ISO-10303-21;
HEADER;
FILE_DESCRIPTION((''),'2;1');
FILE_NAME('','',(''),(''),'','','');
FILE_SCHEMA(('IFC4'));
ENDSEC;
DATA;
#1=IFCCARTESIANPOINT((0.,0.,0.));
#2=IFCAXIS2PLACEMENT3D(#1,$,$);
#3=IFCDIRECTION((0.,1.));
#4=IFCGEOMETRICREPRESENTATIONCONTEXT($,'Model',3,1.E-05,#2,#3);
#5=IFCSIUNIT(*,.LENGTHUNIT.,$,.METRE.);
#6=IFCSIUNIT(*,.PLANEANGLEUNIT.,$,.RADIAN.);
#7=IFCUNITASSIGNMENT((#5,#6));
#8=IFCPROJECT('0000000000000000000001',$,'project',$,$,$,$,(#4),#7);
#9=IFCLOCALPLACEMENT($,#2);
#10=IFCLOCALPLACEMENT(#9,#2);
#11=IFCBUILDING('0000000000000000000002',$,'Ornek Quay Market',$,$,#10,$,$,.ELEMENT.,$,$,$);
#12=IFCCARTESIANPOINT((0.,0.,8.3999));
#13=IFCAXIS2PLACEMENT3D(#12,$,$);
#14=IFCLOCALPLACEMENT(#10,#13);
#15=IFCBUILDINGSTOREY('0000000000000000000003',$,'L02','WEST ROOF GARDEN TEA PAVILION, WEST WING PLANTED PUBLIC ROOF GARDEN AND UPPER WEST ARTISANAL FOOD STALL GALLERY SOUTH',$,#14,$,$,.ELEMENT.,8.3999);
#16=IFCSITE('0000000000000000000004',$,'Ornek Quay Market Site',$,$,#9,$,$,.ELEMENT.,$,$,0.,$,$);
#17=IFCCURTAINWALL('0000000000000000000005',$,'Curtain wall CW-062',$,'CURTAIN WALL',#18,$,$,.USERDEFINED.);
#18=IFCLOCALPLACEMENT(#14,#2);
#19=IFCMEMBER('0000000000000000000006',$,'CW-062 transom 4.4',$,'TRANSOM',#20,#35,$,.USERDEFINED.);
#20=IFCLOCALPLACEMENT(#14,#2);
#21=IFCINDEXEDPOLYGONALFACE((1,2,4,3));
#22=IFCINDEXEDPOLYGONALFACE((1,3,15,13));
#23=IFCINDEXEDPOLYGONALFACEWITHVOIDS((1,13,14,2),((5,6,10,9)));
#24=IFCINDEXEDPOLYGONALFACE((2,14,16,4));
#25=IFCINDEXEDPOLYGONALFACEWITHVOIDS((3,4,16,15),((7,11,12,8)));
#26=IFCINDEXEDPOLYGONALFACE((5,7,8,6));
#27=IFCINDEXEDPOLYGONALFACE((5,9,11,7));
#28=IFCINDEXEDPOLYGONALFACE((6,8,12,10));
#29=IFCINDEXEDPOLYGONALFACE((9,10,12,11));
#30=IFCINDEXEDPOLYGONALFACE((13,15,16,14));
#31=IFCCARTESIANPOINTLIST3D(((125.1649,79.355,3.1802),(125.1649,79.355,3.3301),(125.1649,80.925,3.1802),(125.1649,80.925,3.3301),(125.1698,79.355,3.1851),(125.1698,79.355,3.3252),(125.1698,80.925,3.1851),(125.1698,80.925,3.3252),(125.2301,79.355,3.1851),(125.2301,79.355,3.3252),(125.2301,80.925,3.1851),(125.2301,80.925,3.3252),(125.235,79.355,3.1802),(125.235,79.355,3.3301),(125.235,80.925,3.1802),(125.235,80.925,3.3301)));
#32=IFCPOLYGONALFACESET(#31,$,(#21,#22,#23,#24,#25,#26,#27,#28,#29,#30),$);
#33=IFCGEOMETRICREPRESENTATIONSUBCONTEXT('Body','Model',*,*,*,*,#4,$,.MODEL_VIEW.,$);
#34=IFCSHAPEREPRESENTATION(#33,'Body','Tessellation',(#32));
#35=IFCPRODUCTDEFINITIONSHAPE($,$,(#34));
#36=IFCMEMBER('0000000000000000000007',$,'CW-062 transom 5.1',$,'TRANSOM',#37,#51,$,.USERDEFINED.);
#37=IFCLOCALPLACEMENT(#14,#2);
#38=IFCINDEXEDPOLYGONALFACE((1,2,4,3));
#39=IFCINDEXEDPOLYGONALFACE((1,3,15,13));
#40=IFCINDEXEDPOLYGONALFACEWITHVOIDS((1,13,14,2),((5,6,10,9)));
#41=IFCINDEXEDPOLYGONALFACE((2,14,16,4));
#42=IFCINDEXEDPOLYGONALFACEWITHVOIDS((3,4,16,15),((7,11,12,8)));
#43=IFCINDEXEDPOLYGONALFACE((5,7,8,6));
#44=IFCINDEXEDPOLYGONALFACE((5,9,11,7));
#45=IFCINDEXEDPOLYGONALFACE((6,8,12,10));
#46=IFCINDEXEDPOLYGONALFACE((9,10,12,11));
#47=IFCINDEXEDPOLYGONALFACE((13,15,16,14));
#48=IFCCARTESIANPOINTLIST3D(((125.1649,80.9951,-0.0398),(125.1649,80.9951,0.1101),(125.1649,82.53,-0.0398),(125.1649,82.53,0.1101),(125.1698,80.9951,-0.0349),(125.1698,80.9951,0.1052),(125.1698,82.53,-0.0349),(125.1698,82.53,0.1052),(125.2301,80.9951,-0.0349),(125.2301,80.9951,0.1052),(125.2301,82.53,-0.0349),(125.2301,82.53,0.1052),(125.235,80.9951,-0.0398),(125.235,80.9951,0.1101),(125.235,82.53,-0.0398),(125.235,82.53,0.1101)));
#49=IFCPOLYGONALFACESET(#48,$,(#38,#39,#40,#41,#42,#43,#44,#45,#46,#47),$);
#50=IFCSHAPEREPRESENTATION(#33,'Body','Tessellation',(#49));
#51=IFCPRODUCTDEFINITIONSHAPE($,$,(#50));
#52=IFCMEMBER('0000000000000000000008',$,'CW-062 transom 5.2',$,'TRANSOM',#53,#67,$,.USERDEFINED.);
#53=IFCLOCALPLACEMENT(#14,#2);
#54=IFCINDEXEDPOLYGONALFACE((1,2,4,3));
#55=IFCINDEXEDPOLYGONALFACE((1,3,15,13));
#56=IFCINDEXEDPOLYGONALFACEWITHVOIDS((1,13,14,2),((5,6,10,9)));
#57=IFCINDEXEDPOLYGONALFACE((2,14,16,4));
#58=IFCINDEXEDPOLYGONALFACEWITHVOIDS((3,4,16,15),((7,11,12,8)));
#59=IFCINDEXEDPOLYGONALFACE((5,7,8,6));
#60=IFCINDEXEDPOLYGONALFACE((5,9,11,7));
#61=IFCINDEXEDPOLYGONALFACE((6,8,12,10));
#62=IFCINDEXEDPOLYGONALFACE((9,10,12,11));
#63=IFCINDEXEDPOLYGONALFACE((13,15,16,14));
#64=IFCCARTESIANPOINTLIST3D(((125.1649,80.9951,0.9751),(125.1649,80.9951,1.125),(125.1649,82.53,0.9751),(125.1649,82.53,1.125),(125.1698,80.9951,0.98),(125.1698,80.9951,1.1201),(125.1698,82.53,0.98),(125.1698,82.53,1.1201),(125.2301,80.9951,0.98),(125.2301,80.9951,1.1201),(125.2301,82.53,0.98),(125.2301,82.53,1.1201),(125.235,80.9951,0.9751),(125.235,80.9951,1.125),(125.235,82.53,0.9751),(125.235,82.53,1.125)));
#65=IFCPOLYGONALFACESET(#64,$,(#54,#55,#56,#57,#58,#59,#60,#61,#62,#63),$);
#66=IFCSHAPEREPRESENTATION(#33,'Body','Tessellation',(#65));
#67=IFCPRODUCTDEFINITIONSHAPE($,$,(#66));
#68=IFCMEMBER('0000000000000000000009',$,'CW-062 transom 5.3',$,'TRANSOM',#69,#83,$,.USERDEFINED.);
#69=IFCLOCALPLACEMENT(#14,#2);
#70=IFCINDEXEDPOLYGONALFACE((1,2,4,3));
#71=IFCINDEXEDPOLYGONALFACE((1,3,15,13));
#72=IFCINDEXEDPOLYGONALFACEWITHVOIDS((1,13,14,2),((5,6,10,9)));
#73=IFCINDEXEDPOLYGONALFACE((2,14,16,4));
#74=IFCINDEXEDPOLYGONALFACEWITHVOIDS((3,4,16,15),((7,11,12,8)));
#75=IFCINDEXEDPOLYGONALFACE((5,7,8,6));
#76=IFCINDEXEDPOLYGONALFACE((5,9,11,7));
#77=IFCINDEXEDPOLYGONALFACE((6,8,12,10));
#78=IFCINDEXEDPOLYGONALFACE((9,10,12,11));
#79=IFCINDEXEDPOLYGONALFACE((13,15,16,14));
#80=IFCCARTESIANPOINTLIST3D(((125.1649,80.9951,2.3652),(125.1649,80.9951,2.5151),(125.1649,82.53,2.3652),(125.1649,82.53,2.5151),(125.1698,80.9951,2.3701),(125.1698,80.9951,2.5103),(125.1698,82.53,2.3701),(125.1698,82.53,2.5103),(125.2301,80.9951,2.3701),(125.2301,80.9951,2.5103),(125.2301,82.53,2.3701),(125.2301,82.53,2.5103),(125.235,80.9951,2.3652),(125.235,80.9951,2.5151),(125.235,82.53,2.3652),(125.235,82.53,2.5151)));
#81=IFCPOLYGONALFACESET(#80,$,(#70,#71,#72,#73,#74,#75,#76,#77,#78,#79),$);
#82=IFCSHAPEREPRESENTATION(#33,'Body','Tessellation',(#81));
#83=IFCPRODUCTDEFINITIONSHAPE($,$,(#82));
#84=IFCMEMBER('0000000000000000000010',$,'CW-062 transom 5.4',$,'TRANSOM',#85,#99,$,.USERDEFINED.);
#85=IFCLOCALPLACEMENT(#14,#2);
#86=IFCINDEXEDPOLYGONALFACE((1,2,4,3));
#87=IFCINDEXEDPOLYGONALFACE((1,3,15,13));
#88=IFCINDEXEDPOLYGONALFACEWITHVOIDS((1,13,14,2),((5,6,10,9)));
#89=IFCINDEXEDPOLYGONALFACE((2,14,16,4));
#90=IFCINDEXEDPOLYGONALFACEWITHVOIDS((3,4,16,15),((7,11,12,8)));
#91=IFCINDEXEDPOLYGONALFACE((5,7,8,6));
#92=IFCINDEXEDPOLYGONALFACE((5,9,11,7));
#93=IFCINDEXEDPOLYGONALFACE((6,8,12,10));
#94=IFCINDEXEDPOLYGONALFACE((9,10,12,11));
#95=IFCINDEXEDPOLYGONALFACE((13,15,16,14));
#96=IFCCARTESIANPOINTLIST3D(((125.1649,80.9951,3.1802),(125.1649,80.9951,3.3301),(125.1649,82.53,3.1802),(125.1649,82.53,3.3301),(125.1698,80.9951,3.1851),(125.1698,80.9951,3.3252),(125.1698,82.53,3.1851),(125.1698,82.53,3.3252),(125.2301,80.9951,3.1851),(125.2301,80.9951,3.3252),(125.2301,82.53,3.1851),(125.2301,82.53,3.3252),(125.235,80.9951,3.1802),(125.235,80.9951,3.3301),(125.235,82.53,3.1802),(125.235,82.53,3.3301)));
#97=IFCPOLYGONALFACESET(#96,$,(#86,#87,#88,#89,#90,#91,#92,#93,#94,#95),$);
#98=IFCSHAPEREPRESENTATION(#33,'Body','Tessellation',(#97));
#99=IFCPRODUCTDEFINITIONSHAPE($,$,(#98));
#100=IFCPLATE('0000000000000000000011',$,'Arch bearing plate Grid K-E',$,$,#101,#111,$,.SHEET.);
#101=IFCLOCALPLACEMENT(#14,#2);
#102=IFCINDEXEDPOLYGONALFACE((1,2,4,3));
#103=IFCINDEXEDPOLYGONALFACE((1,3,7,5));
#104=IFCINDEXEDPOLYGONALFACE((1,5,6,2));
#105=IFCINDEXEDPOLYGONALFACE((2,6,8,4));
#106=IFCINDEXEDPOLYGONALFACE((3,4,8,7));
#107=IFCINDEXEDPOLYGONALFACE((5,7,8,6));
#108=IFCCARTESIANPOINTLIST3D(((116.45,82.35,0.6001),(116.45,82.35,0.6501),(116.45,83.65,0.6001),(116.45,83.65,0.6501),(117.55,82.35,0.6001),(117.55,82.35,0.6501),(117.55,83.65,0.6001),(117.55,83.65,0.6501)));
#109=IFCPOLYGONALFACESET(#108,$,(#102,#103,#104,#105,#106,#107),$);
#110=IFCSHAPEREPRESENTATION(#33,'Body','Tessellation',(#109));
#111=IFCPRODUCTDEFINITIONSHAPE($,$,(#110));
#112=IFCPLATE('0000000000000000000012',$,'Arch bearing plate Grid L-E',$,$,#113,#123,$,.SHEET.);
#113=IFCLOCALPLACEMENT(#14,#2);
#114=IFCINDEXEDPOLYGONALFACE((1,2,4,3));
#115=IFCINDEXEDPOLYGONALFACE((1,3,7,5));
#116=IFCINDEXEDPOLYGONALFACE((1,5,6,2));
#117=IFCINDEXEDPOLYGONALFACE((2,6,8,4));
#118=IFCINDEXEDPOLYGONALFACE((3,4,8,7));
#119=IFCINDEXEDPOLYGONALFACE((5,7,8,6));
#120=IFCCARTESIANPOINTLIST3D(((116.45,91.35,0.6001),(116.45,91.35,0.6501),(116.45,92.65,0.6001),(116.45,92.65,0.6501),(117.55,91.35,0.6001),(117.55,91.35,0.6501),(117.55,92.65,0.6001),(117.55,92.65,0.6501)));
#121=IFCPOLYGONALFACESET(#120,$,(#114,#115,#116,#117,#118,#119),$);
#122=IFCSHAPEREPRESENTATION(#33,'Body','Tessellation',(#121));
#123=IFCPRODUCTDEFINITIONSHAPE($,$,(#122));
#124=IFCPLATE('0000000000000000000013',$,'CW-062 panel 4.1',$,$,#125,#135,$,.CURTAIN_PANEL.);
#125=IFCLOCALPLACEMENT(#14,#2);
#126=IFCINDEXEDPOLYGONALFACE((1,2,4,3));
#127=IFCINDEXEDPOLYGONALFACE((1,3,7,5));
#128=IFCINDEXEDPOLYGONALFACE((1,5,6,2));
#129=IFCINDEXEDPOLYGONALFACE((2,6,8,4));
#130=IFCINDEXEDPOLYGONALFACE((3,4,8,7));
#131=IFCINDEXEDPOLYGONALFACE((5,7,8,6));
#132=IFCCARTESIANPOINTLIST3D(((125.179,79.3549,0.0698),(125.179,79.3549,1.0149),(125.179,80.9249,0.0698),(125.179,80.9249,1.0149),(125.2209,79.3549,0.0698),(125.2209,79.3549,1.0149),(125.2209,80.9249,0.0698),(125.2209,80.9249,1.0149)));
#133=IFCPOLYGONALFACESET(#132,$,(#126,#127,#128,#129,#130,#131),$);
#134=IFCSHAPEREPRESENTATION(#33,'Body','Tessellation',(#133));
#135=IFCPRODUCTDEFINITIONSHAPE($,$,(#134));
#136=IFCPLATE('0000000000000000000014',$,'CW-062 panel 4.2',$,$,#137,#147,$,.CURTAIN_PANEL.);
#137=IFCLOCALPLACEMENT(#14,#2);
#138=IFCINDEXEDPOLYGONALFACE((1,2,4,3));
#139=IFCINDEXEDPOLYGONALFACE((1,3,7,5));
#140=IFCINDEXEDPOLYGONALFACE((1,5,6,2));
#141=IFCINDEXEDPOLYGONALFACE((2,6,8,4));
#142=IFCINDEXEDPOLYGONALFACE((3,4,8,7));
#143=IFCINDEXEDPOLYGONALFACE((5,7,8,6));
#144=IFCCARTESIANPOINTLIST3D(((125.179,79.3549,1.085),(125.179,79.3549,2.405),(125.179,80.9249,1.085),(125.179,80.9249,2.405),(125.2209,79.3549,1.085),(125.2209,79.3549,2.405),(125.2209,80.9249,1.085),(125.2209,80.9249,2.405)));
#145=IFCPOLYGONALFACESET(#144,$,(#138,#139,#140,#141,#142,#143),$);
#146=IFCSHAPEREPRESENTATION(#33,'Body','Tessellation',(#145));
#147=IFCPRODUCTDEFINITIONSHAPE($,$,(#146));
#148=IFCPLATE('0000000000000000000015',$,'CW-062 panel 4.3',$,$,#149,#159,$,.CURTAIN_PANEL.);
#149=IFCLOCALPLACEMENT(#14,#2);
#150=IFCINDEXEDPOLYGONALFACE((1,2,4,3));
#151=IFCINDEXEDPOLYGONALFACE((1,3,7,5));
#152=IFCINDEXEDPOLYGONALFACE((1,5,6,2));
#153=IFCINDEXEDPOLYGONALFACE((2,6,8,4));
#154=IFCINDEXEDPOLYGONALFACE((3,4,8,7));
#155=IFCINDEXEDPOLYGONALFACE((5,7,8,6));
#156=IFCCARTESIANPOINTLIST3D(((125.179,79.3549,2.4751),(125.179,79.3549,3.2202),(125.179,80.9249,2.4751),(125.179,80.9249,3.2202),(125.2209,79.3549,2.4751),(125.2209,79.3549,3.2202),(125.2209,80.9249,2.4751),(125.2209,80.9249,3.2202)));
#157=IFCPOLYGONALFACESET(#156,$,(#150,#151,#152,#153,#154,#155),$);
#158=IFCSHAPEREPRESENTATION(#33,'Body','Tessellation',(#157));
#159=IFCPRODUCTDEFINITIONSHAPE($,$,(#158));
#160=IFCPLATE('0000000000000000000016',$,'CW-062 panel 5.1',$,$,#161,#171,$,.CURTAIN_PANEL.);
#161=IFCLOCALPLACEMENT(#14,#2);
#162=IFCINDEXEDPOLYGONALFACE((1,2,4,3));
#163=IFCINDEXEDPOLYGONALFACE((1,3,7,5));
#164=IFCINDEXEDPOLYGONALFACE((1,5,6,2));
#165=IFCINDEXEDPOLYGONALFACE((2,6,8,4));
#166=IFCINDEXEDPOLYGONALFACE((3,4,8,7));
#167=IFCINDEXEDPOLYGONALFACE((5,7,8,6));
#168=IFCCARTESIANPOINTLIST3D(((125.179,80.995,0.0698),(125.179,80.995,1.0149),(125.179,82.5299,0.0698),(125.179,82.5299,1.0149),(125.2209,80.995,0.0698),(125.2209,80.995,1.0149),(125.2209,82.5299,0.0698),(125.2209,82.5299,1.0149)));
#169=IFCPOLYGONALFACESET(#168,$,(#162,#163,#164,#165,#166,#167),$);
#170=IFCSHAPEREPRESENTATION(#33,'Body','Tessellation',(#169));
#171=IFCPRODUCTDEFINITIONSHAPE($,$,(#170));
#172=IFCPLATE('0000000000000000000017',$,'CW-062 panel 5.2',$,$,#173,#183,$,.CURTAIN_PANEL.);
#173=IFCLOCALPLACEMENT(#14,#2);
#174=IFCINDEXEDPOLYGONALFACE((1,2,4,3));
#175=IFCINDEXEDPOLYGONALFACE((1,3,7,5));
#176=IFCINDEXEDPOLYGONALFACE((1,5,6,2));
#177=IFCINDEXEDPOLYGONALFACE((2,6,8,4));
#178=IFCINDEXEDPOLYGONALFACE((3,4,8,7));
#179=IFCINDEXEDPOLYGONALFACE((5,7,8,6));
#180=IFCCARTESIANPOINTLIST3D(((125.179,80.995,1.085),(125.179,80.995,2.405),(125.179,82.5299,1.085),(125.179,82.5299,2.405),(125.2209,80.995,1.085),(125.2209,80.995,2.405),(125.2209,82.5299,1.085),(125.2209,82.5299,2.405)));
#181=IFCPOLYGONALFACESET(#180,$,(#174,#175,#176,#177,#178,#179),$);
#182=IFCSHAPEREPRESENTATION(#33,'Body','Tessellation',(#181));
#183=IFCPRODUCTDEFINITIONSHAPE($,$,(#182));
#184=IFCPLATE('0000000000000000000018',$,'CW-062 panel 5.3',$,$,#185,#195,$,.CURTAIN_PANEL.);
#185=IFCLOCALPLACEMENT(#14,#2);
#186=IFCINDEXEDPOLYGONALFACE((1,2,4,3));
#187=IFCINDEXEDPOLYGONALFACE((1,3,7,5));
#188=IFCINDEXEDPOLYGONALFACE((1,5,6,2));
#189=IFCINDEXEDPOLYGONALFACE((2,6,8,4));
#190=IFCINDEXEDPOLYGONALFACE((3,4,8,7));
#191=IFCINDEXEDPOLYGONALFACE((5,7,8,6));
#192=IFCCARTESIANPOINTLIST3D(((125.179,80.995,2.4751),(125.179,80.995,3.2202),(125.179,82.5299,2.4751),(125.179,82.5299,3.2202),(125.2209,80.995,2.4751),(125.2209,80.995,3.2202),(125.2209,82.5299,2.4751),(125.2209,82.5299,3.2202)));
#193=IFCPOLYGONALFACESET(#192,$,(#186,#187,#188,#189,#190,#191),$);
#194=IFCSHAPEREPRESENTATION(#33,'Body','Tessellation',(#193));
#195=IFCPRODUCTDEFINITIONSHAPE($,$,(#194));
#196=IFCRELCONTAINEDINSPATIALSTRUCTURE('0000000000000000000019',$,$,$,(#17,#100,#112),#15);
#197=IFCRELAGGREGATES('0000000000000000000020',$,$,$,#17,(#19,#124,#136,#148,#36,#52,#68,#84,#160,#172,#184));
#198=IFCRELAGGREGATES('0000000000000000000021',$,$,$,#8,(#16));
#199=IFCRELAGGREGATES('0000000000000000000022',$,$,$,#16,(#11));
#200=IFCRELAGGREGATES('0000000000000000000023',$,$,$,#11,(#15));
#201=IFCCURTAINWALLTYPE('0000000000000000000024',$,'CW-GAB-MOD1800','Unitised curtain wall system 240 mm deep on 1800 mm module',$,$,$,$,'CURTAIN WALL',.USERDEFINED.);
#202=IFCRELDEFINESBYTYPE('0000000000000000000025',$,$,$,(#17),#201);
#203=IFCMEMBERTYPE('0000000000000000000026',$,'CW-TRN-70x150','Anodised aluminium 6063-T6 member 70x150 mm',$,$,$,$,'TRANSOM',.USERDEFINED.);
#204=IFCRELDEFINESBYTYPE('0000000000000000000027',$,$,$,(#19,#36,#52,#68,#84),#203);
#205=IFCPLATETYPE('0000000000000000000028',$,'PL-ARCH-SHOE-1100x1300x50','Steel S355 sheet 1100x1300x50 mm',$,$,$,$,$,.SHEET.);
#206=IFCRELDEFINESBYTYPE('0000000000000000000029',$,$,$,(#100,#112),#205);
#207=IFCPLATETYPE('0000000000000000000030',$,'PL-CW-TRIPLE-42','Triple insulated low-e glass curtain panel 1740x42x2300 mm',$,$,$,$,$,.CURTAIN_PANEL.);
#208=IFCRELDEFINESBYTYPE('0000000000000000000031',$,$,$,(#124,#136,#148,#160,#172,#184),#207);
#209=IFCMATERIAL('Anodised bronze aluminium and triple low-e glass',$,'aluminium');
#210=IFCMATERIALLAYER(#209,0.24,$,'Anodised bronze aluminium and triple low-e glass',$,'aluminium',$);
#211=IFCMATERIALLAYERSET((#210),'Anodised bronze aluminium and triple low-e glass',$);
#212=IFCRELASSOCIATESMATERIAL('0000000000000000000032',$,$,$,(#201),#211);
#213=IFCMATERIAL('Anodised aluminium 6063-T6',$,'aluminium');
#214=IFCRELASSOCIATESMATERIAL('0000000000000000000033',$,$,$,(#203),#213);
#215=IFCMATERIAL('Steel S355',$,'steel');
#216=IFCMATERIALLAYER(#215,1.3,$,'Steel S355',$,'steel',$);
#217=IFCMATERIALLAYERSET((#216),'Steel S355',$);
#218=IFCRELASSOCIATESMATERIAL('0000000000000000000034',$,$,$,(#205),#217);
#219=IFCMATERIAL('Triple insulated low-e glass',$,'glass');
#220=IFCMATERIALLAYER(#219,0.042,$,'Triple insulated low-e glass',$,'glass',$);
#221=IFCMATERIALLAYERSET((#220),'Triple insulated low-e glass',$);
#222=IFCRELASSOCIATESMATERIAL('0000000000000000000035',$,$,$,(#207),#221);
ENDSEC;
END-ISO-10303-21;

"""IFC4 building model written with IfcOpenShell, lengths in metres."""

from ifc_helpers import new_model, si_unit, direction, frame, origin, origin_2d, place, context, subcontext, project, spatial, rectangle, hollow_rectangle, extrude, material, layer, layer_set, material_profile, profile_set, type_object, element, aggregate, save


model = new_model("IFC4")

# Units and contexts
model_context = context("Model", 3, precision=1e-05, world=origin(), true_north=direction((0.0, 1.0)))
body_context = subcontext(model_context, "Body", "Model", "MODEL_VIEW")
ifc_project = project(units=[si_unit("LENGTHUNIT", "METRE"), si_unit("PLANEANGLEUNIT", "RADIAN")], contexts=[model_context])

# Site, building, storey
site_placement = place(None, origin())
site = spatial("IfcSite", under=ifc_project, at=site_placement, Name="Ornek Quay Market Site", CompositionType="ELEMENT", RefElevation=0.0)
building_placement = place(site_placement, origin())
building = spatial("IfcBuilding", under=site, at=building_placement, Name="Ornek Quay Market", CompositionType="ELEMENT")
storey_placement = place(building_placement, frame((0.0, 0.0, 8.3999)))
storey = spatial("IfcBuildingStorey", under=building, at=storey_placement, Name="L02", Description="WEST ROOF GARDEN TEA PAVILION, WEST WING PLANTED PUBLIC ROOF GARDEN AND UPPER WEST ARTISANAL FOOD STALL GALLERY SOUTH", CompositionType="ELEMENT", Elevation=8.3999)

# Curtain wall, members
ifc_material_1 = material(Name="Anodised bronze aluminium and triple low-e glass", Category="aluminium")
ifc_layer_1 = layer(ifc_material_1, 0.24, Name="Anodised bronze aluminium and triple low-e glass", Category="aluminium")
ifc_layer_set_1 = layer_set([ifc_layer_1], Name="Anodised bronze aluminium and triple low-e glass")
curtain_wall_type = type_object("IfcCurtainWallType", Name="CW-GAB-MOD1800", Description="Unitised curtain wall system 240 mm deep on 1800 mm module", ElementType="CURTAIN WALL", PredefinedType="USERDEFINED", material=ifc_layer_set_1)
curtain_wall_placement = place(storey_placement, origin())
curtain_wall = element("IfcCurtainWall", 1, at=curtain_wall_placement, inside=storey, type_object=curtain_wall_type, Name="Curtain wall CW-062", ObjectType="CURTAIN WALL", PredefinedType="USERDEFINED")
ifc_material_2 = material(Name="Anodised aluminium 6063-T6", Category="aluminium")
ifc_material_profile_1 = material_profile(ifc_material_2, hollow_rectangle(XDim=0.0701, YDim=0.1499, WallThickness=0.0049, at=origin_2d()), Name="CW-TRN-70x150", Category="aluminium")
ifc_profile_set_1 = profile_set([ifc_material_profile_1], Name="Anodised aluminium 6063-T6")
member_type_1 = type_object("IfcMemberType", Name="CW-TRN-70x150", Description="Anodised aluminium 6063-T6 member 70x150 mm", ElementType="TRANSOM", PredefinedType="USERDEFINED", material=ifc_profile_set_1)
member_1_placement = place(storey_placement, frame((125.2, 79.355, 3.2551), z_axis=(0.0, 1.0, 0.0), x_axis=(-1.0, 0.0, 0.0)))
member_1 = element("IfcMember", 2, at=member_1_placement, type_object=member_type_1, Name="CW-062 transom 4.4", ObjectType="TRANSOM", PredefinedType="USERDEFINED", context=body_context, shape_type="SweptSolid", body=[
    extrude(hollow_rectangle(XDim=0.0701, YDim=0.1499, WallThickness=0.0049, at=origin_2d()), origin(), (0.0, 0.0, 1.0), 1.5701),
])
member_2_placement = place(storey_placement, frame((125.2, 80.9951, 0.0352), z_axis=(0.0, 1.0, 0.0), x_axis=(-1.0, 0.0, 0.0)))
member_2 = element("IfcMember", 3, at=member_2_placement, type_object=member_type_1, Name="CW-062 transom 5.1", ObjectType="TRANSOM", PredefinedType="USERDEFINED", context=body_context, shape_type="SweptSolid", body=[
    extrude(hollow_rectangle(XDim=0.0701, YDim=0.1499, WallThickness=0.0049, at=origin_2d()), origin(), (0.0, 0.0, 1.0), 1.5349),
])
member_3_placement = place(storey_placement, frame((125.2, 80.9951, 1.05), z_axis=(0.0, 1.0, 0.0), x_axis=(-1.0, 0.0, 0.0)))
member_3 = element("IfcMember", 4, at=member_3_placement, type_object=member_type_1, Name="CW-062 transom 5.2", ObjectType="TRANSOM", PredefinedType="USERDEFINED", context=body_context, shape_type="SweptSolid", body=[
    extrude(hollow_rectangle(XDim=0.0701, YDim=0.1499, WallThickness=0.0049, at=origin_2d()), origin(), (0.0, 0.0, 1.0), 1.5349),
])
member_4_placement = place(storey_placement, frame((125.2, 80.9951, 2.4402), z_axis=(0.0, 1.0, 0.0), x_axis=(-1.0, 0.0, 0.0)))
member_4 = element("IfcMember", 5, at=member_4_placement, type_object=member_type_1, Name="CW-062 transom 5.3", ObjectType="TRANSOM", PredefinedType="USERDEFINED", context=body_context, shape_type="SweptSolid", body=[
    extrude(hollow_rectangle(XDim=0.0701, YDim=0.1499, WallThickness=0.0049, at=origin_2d()), origin(), (0.0, 0.0, 1.0), 1.5349),
])
member_5_placement = place(storey_placement, frame((125.2, 80.9951, 3.2551), z_axis=(0.0, 1.0, 0.0), x_axis=(-1.0, 0.0, 0.0)))
member_5 = element("IfcMember", 6, at=member_5_placement, type_object=member_type_1, Name="CW-062 transom 5.4", ObjectType="TRANSOM", PredefinedType="USERDEFINED", context=body_context, shape_type="SweptSolid", body=[
    extrude(hollow_rectangle(XDim=0.0701, YDim=0.1499, WallThickness=0.0049, at=origin_2d()), origin(), (0.0, 0.0, 1.0), 1.5349),
])

# Plates
ifc_material_3 = material(Name="Steel S355", Category="steel")
ifc_layer_2 = layer(ifc_material_3, 1.3, Name="Steel S355", Category="steel")
ifc_layer_set_2 = layer_set([ifc_layer_2], Name="Steel S355")
plate_type_1 = type_object("IfcPlateType", Name="PL-ARCH-SHOE-1100x1300x50", Description="Steel S355 sheet 1100x1300x50 mm", PredefinedType="SHEET", material=ifc_layer_set_2)
for number, where, z_axis, x_axis, name in (
    (7, (117.0, 83.0, 0.6001), (0.0, 0.0, 1.0), (1.0, 0.0, 0.0), "Arch bearing plate Grid K-E"),
    (8, (117.0, 92.0, 0.6001), (0.0, 0.0, 1.0), (1.0, 0.0, 0.0), "Arch bearing plate Grid L-E"),
):
    element("IfcPlate", number, at=place(storey_placement, frame(where, z_axis=z_axis, x_axis=x_axis)), inside=storey, type_object=plate_type_1, Name=name, PredefinedType="SHEET", context=body_context, shape_type="SweptSolid", body=[
        extrude(rectangle(XDim=1.1001, YDim=1.3, at=origin_2d()), origin(), (0.0, 0.0, 1.0), 0.05),
    ])

# Plates
ifc_material_4 = material(Name="Triple insulated low-e glass", Category="glass")
ifc_layer_3 = layer(ifc_material_4, 0.042, Name="Triple insulated low-e glass", Category="glass")
ifc_layer_set_3 = layer_set([ifc_layer_3], Name="Triple insulated low-e glass")
plate_type_2 = type_object("IfcPlateType", Name="PL-CW-TRIPLE-42", Description="Triple insulated low-e glass curtain panel 1740x42x2300 mm", PredefinedType="CURTAIN_PANEL", material=ifc_layer_set_3)
plate_1_placement = place(storey_placement, frame((125.2, 80.1399, 0.0698), z_axis=(0.0, 0.0, 1.0), x_axis=(0.0, 1.0, 0.0)))
plate_1 = element("IfcPlate", 9, at=plate_1_placement, type_object=plate_type_2, Name="CW-062 panel 4.1", PredefinedType="CURTAIN_PANEL", context=body_context, shape_type="SweptSolid", body=[
    extrude(rectangle(XDim=1.5701, YDim=0.042, at=origin_2d()), origin(), (0.0, 0.0, 1.0), 0.9451),
])
plate_2_placement = place(storey_placement, frame((125.2, 80.1399, 1.085), z_axis=(0.0, 0.0, 1.0), x_axis=(0.0, 1.0, 0.0)))
plate_2 = element("IfcPlate", 10, at=plate_2_placement, type_object=plate_type_2, Name="CW-062 panel 4.2", PredefinedType="CURTAIN_PANEL", context=body_context, shape_type="SweptSolid", body=[
    extrude(rectangle(XDim=1.5701, YDim=0.042, at=origin_2d()), origin(), (0.0, 0.0, 1.0), 1.3201),
])
plate_3_placement = place(storey_placement, frame((125.2, 80.1399, 2.4751), z_axis=(0.0, 0.0, 1.0), x_axis=(0.0, 1.0, 0.0)))
plate_3 = element("IfcPlate", 11, at=plate_3_placement, type_object=plate_type_2, Name="CW-062 panel 4.3", PredefinedType="CURTAIN_PANEL", context=body_context, shape_type="SweptSolid", body=[
    extrude(rectangle(XDim=1.5701, YDim=0.042, at=origin_2d()), origin(), (0.0, 0.0, 1.0), 0.7451),
])
plate_4_placement = place(storey_placement, frame((125.2, 81.7625, 0.0698), z_axis=(0.0, 0.0, 1.0), x_axis=(0.0, 1.0, 0.0)))
plate_4 = element("IfcPlate", 12, at=plate_4_placement, type_object=plate_type_2, Name="CW-062 panel 5.1", PredefinedType="CURTAIN_PANEL", context=body_context, shape_type="SweptSolid", body=[
    extrude(rectangle(XDim=1.5349, YDim=0.042, at=origin_2d()), origin(), (0.0, 0.0, 1.0), 0.9451),
])
plate_5_placement = place(storey_placement, frame((125.2, 81.7625, 1.085), z_axis=(0.0, 0.0, 1.0), x_axis=(0.0, 1.0, 0.0)))
plate_5 = element("IfcPlate", 13, at=plate_5_placement, type_object=plate_type_2, Name="CW-062 panel 5.2", PredefinedType="CURTAIN_PANEL", context=body_context, shape_type="SweptSolid", body=[
    extrude(rectangle(XDim=1.5349, YDim=0.042, at=origin_2d()), origin(), (0.0, 0.0, 1.0), 1.3201),
])
plate_6_placement = place(storey_placement, frame((125.2, 81.7625, 2.4751), z_axis=(0.0, 0.0, 1.0), x_axis=(0.0, 1.0, 0.0)))
plate_6 = element("IfcPlate", 14, at=plate_6_placement, type_object=plate_type_2, Name="CW-062 panel 5.3", PredefinedType="CURTAIN_PANEL", context=body_context, shape_type="SweptSolid", body=[
    extrude(rectangle(XDim=1.5349, YDim=0.042, at=origin_2d()), origin(), (0.0, 0.0, 1.0), 0.7451),
])
aggregate(curtain_wall, [member_1, plate_1, plate_2, plate_3, member_2, member_3, member_4, member_5, plate_4, plate_5, plate_6])

save(model, "model.ifc")
